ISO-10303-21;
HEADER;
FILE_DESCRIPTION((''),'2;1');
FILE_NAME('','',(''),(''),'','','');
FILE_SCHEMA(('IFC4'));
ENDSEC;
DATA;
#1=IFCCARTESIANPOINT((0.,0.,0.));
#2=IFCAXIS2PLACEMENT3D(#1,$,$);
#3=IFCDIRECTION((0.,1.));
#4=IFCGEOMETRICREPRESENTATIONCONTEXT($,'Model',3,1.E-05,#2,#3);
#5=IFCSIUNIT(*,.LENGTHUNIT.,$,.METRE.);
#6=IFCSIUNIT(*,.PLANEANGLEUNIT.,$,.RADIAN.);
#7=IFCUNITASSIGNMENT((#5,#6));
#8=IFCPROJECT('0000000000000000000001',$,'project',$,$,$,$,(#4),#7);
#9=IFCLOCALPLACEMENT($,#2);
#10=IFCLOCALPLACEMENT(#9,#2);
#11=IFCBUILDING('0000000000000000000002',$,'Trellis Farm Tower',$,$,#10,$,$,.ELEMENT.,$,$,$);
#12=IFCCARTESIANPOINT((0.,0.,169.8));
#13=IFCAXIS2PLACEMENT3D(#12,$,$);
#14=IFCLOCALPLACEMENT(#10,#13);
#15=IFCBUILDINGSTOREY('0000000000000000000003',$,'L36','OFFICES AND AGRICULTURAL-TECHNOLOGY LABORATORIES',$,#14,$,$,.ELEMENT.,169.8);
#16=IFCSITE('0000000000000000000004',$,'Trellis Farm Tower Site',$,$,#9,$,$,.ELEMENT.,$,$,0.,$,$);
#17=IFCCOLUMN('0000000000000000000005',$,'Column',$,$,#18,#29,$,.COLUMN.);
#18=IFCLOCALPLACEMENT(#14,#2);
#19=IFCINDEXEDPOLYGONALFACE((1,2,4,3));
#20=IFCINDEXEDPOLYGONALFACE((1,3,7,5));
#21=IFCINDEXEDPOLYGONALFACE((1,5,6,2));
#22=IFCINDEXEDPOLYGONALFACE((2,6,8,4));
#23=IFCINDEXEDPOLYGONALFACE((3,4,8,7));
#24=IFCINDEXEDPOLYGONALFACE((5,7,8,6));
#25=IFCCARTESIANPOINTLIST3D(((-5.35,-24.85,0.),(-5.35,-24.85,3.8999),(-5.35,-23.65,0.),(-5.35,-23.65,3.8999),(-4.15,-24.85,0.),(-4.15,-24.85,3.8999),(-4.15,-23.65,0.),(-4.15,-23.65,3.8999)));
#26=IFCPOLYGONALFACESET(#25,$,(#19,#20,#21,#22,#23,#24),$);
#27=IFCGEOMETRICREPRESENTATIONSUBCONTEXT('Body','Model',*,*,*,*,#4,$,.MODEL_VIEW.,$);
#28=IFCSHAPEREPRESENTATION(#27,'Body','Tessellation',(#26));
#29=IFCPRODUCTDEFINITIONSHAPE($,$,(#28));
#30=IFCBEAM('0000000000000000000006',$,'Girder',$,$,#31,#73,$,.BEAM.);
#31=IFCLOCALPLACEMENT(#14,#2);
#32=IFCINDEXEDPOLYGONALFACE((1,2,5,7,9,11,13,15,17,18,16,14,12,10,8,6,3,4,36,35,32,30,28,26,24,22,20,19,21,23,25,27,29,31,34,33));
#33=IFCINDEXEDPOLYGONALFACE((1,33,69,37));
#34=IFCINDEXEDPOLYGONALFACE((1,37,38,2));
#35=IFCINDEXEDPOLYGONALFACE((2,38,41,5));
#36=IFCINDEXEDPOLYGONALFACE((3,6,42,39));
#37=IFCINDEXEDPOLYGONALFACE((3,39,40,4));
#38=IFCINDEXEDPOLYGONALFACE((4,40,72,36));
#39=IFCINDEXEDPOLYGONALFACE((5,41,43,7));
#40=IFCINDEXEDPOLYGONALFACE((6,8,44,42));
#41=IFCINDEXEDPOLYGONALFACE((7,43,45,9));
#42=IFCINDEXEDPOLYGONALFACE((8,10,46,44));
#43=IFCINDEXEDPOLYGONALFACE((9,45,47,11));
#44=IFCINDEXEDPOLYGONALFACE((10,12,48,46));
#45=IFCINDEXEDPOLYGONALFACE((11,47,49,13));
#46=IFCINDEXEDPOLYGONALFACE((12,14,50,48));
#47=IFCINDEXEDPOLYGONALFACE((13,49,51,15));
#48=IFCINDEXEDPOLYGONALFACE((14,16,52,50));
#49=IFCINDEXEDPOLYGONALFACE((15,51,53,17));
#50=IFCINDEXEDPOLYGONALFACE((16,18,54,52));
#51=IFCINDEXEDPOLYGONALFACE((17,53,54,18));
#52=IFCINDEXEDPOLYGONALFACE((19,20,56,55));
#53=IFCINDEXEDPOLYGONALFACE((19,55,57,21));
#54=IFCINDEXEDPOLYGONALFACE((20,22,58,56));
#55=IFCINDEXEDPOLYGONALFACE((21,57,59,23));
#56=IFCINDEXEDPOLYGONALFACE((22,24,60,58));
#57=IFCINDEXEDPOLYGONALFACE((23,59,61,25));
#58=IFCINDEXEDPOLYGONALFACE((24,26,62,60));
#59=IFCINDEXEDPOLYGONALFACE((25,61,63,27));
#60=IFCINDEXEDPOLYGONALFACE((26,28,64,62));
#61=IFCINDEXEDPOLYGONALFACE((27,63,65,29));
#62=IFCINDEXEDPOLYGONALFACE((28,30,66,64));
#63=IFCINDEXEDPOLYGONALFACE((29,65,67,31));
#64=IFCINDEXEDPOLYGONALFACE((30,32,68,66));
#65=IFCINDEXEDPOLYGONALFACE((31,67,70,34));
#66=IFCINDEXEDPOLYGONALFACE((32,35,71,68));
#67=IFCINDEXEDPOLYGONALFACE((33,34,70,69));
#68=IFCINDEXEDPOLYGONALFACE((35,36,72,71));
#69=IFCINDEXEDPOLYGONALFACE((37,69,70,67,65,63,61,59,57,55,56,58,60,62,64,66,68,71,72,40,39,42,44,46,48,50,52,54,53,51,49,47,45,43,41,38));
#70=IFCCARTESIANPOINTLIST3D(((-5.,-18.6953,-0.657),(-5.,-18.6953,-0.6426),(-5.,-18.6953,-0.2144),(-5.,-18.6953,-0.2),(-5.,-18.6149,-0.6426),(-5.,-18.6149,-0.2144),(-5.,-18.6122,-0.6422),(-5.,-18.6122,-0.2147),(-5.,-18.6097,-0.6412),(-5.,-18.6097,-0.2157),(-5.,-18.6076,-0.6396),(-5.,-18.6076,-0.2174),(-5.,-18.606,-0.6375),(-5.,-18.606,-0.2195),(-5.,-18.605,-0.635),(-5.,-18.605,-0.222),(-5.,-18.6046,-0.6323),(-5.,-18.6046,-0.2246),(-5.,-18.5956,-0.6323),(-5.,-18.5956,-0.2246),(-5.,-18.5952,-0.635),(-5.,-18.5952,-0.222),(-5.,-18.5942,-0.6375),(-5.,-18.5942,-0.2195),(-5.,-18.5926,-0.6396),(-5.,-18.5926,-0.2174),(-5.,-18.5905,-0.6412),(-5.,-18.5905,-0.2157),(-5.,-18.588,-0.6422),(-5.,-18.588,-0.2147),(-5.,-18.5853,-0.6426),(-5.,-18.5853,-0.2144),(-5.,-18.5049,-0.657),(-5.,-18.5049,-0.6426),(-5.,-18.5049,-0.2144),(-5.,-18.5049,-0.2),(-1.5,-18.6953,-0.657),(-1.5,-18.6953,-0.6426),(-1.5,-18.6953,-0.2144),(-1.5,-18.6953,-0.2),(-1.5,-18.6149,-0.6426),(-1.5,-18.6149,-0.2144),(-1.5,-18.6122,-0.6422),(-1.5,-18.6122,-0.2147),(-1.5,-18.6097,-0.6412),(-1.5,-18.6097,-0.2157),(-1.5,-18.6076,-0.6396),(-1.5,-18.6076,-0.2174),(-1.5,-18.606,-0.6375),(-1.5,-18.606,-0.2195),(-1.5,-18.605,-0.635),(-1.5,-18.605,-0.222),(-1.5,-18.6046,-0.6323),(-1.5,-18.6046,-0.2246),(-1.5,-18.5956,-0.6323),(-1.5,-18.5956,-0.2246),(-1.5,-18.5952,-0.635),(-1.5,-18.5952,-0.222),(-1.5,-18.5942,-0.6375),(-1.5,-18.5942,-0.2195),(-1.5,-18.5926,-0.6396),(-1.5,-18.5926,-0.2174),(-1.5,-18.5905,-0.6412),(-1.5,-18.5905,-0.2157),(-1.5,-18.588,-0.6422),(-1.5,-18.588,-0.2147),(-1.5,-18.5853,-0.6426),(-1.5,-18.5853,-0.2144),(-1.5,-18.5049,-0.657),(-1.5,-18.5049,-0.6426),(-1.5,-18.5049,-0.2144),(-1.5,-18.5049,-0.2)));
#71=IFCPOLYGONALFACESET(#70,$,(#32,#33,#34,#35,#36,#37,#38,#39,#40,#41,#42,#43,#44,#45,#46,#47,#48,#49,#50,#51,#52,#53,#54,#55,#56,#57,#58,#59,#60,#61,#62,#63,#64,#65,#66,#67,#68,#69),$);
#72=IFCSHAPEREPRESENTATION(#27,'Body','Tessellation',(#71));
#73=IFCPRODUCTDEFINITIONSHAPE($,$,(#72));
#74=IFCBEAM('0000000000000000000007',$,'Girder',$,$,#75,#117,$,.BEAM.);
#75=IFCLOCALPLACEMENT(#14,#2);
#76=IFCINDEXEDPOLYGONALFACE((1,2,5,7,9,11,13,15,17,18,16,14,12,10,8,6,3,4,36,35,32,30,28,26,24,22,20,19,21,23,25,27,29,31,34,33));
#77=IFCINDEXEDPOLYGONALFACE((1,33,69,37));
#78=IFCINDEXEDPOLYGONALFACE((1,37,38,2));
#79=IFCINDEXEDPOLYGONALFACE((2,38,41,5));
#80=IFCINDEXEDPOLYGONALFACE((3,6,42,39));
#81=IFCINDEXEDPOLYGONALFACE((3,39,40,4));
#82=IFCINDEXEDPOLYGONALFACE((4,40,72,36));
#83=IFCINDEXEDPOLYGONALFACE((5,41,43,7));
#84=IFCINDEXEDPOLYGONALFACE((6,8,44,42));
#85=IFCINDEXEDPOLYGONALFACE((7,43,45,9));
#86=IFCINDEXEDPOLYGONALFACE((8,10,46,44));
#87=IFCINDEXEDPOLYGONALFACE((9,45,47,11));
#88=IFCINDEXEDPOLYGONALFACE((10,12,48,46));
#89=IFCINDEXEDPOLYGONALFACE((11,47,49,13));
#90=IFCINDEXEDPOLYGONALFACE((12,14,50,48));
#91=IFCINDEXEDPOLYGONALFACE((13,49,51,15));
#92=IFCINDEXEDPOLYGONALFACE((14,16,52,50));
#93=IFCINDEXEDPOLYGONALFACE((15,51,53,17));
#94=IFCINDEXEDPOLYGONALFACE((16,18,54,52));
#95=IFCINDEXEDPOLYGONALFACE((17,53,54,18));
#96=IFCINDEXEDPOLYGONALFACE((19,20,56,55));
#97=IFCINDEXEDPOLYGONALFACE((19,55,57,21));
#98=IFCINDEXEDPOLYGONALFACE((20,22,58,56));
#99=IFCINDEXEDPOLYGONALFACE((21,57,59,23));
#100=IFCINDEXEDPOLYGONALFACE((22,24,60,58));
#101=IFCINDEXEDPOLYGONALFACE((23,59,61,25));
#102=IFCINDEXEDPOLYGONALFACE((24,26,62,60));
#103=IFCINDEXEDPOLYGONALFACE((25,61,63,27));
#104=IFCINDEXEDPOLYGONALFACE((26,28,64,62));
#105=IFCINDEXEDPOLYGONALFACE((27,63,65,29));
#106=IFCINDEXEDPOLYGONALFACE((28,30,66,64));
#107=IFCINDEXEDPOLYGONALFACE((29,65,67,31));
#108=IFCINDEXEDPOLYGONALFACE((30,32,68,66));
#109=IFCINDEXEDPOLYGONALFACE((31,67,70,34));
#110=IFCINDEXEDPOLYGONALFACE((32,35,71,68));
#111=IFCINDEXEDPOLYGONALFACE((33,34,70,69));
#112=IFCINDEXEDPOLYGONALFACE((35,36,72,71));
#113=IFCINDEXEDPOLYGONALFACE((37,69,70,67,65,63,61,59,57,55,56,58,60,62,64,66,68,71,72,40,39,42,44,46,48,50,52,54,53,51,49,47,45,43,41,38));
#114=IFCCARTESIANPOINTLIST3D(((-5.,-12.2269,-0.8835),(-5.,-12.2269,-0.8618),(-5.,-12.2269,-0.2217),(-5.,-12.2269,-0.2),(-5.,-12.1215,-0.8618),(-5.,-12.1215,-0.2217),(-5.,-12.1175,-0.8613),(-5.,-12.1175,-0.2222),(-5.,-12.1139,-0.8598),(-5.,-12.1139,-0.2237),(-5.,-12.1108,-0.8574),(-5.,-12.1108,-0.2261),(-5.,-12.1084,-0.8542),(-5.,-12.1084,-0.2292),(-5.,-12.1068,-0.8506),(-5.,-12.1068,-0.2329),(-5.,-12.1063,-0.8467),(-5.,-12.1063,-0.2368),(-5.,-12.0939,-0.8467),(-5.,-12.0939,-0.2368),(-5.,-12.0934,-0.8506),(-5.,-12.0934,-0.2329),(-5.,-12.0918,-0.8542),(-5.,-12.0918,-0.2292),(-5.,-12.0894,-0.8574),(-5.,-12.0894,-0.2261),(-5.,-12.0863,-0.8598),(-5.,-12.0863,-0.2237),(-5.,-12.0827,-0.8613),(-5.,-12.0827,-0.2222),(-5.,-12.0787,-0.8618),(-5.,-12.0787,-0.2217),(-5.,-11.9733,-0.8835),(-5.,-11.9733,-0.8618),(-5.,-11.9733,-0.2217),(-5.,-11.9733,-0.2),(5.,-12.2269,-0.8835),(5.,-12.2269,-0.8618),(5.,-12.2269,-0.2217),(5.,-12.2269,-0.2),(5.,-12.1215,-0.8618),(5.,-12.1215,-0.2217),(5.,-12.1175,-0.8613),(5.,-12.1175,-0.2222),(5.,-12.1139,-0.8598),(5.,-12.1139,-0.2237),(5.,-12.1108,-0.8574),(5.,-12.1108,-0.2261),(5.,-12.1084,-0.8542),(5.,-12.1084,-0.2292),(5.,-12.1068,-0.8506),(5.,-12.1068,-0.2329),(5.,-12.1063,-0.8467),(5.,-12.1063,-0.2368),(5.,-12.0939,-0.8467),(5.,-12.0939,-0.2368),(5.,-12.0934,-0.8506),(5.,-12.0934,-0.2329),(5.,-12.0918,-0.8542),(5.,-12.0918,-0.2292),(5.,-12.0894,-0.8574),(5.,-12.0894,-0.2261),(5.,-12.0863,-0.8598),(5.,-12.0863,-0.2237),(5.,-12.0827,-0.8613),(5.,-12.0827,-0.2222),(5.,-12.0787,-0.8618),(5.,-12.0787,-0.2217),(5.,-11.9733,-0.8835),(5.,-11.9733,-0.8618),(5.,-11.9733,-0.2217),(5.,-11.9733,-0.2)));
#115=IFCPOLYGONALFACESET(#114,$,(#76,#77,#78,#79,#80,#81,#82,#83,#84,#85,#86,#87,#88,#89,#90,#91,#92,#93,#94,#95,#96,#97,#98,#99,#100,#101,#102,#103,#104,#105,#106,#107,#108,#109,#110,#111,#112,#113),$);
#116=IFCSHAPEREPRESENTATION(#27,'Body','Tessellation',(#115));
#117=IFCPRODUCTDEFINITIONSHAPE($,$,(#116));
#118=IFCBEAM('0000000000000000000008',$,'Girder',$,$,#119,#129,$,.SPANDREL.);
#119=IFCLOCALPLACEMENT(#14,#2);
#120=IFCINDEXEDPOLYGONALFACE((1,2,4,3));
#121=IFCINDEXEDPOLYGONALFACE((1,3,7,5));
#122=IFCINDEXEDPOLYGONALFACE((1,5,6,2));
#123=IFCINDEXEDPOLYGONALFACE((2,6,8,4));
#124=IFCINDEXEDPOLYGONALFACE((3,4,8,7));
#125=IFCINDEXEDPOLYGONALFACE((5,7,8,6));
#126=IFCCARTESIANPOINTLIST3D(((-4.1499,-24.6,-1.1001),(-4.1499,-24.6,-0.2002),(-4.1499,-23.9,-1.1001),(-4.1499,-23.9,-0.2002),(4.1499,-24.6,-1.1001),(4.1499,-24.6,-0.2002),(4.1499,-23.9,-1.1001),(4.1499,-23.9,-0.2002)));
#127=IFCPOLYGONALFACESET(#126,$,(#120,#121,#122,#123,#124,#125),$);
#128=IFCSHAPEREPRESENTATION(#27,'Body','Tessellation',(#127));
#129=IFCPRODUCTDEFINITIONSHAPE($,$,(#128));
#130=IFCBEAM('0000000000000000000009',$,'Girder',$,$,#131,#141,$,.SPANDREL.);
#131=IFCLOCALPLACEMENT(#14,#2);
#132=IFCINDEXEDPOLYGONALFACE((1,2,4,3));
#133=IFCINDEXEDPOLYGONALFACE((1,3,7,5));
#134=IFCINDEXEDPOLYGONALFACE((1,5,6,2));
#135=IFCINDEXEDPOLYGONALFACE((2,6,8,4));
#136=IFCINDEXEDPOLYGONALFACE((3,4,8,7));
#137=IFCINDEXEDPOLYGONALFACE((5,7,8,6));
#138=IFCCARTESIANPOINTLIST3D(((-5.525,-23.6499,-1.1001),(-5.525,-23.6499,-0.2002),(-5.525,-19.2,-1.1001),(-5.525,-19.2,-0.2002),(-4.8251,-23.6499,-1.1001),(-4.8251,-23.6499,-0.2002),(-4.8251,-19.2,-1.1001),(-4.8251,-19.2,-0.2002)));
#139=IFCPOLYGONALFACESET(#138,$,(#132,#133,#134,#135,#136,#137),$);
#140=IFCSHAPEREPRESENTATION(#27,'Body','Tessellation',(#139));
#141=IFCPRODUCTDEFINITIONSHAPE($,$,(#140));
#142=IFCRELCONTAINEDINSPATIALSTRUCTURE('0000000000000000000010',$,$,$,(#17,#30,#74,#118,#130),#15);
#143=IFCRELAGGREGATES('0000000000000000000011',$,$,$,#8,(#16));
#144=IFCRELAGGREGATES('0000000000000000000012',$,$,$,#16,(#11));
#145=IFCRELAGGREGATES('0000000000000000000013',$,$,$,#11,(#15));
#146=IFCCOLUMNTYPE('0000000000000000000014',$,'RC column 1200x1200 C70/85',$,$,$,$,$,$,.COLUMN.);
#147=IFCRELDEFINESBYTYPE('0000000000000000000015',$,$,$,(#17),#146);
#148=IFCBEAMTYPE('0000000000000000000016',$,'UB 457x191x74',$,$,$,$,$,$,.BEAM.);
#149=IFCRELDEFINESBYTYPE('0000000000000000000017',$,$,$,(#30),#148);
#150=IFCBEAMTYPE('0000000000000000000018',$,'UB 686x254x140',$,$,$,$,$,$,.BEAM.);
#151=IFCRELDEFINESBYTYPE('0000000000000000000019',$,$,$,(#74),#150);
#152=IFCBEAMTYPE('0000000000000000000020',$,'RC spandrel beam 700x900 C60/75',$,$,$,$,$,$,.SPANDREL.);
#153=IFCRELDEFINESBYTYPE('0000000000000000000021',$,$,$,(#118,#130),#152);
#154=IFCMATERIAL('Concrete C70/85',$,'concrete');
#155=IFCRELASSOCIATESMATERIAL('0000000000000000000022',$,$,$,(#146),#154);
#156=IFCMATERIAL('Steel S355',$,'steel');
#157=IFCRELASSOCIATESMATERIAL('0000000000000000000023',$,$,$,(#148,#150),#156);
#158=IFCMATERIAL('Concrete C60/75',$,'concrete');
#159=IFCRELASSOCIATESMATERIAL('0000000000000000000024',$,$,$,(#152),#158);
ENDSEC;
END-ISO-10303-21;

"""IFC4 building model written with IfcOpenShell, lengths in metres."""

from ifc_helpers import new_model, si_unit, direction, frame, origin, origin_2d, place, context, subcontext, project, spatial, rectangle, i_section, extrude, source, transform, mapped, material, material_profile, profile_set, type_object, element, save


model = new_model("IFC4")

# Units and contexts
model_context = context("Model", 3, precision=1e-05, world=origin(), true_north=direction((0.0, 1.0)))
body_context = subcontext(model_context, "Body", "Model", "MODEL_VIEW")
ifc_project = project(units=[si_unit("LENGTHUNIT", "METRE"), si_unit("PLANEANGLEUNIT", "RADIAN")], contexts=[model_context])

# Site, building, storey
site_placement = place(None, origin())
site = spatial("IfcSite", under=ifc_project, at=site_placement, Name="Trellis Farm Tower Site", CompositionType="ELEMENT", RefElevation=0.0)
building_placement = place(site_placement, origin())
building = spatial("IfcBuilding", under=site, at=building_placement, Name="Trellis Farm Tower", CompositionType="ELEMENT")
storey_placement = place(building_placement, frame((0.0, 0.0, 169.8)))
storey = spatial("IfcBuildingStorey", under=building, at=storey_placement, Name="L36", Description="OFFICES AND AGRICULTURAL-TECHNOLOGY LABORATORIES", CompositionType="ELEMENT", Elevation=169.8)

# Column
ifc_material_1 = material(Name="Concrete C70/85", Category="concrete")
ifc_material_profile_1 = material_profile(ifc_material_1, rectangle(XDim=1.2, YDim=1.2, at=origin_2d()), Name="RC column 1200x1200 C70/85")
ifc_profile_set_1 = profile_set([ifc_material_profile_1], Name="Concrete C70/85")
column_type = type_object("IfcColumnType", Name="RC column 1200x1200 C70/85", PredefinedType="COLUMN", material=ifc_profile_set_1)
shared_shape_1 = source(origin(), body_context, "Body", "SweptSolid", [
    extrude(rectangle(XDim=1.2, YDim=1.2, at=origin_2d()), origin(), (0.0, 0.0, 1.0), 3.8999),
])
column_placement = place(storey_placement, frame((-4.75, -24.25, 0.0), z_axis=(0.0, 0.0, 1.0), x_axis=(1.0, 0.0, 0.0)))
element("IfcColumn", 1, at=column_placement, inside=storey, type_object=column_type, Name="Column", PredefinedType="COLUMN", context=body_context, shape_type="MappedRepresentation", body=[
    mapped(shared_shape_1, transform((0.0, 0.0, 0.0))),
])

# Beams
ifc_material_2 = material(Name="Steel S355", Category="steel")
ifc_material_profile_2 = material_profile(ifc_material_2, i_section(OverallWidth=0.1904, OverallDepth=0.457, WebThickness=0.009, FlangeThickness=0.0144, FilletRadius=0.0103, at=origin_2d()), Name="UB 457x191x74")
ifc_profile_set_2 = profile_set([ifc_material_profile_2], Name="Steel S355")
beam_type_1 = type_object("IfcBeamType", Name="UB 457x191x74", PredefinedType="BEAM", material=ifc_profile_set_2)
shared_shape_2 = source(origin(), body_context, "Body", "SweptSolid", [
    extrude(i_section(OverallWidth=0.1904, OverallDepth=0.457, WebThickness=0.009, FlangeThickness=0.0144, FilletRadius=0.0103, at=origin_2d()), origin(), (0.0, 0.0, 1.0), 3.5),
])
beam_1_placement = place(storey_placement, frame((-5.0, -18.6001, -0.4285), z_axis=(1.0, 0.0, 0.0), x_axis=(0.0, 1.0, 0.0)))
element("IfcBeam", 2, at=beam_1_placement, inside=storey, type_object=beam_type_1, Name="Girder", PredefinedType="BEAM", context=body_context, shape_type="MappedRepresentation", body=[
    mapped(shared_shape_2, transform((0.0, 0.0, 0.0))),
])
ifc_material_profile_3 = material_profile(ifc_material_2, i_section(OverallWidth=0.2537, OverallDepth=0.6836, WebThickness=0.0125, FlangeThickness=0.0217, FilletRadius=0.0151, at=origin_2d()), Name="UB 686x254x140")
ifc_profile_set_3 = profile_set([ifc_material_profile_3], Name="Steel S355")
beam_type_2 = type_object("IfcBeamType", Name="UB 686x254x140", PredefinedType="BEAM", material=ifc_profile_set_3)
shared_shape_3 = source(origin(), body_context, "Body", "SweptSolid", [
    extrude(i_section(OverallWidth=0.2537, OverallDepth=0.6836, WebThickness=0.0125, FlangeThickness=0.0217, FilletRadius=0.0151, at=origin_2d()), origin(), (0.0, 0.0, 1.0), 10.0),
])
beam_2_placement = place(storey_placement, frame((-5.0, -12.1001, -0.5417), z_axis=(1.0, 0.0, 0.0), x_axis=(0.0, 1.0, 0.0)))
element("IfcBeam", 3, at=beam_2_placement, inside=storey, type_object=beam_type_2, Name="Girder", PredefinedType="BEAM", context=body_context, shape_type="MappedRepresentation", body=[
    mapped(shared_shape_3, transform((0.0, 0.0, 0.0))),
])
ifc_material_3 = material(Name="Concrete C60/75", Category="concrete")
ifc_material_profile_4 = material_profile(ifc_material_3, rectangle(XDim=0.7, YDim=0.8999, at=origin_2d()), Name="RC spandrel beam 700x900 C60/75")
ifc_profile_set_4 = profile_set([ifc_material_profile_4], Name="Concrete C60/75")
beam_type_3 = type_object("IfcBeamType", Name="RC spandrel beam 700x900 C60/75", PredefinedType="SPANDREL", material=ifc_profile_set_4)
shared_shape_4 = source(origin(), body_context, "Body", "SweptSolid", [
    extrude(rectangle(XDim=0.7, YDim=0.8999, at=origin_2d()), origin(), (0.0, 0.0, 1.0), 8.2998),
])
beam_3_placement = place(storey_placement, frame((-4.1499, -24.25, -0.6501), z_axis=(1.0, 0.0, 0.0), x_axis=(0.0, 1.0, 0.0)))
element("IfcBeam", 4, at=beam_3_placement, inside=storey, type_object=beam_type_3, Name="Girder", PredefinedType="SPANDREL", context=body_context, shape_type="MappedRepresentation", body=[
    mapped(shared_shape_4, transform((0.0, 0.0, 0.0))),
])
shared_shape_5 = source(origin(), body_context, "Body", "SweptSolid", [
    extrude(rectangle(XDim=0.7, YDim=0.8999, at=origin_2d()), origin(), (0.0, 0.0, 1.0), 4.45),
])
beam_4_placement = place(storey_placement, frame((-5.175, -23.6499, -0.6501), z_axis=(0.0, 1.0, 0.0), x_axis=(-1.0, 0.0, 0.0)))
element("IfcBeam", 5, at=beam_4_placement, inside=storey, type_object=beam_type_3, Name="Girder", PredefinedType="SPANDREL", context=body_context, shape_type="MappedRepresentation", body=[
    mapped(shared_shape_5, transform((0.0, 0.0, 0.0))),
])

save(model, "model.ifc")
